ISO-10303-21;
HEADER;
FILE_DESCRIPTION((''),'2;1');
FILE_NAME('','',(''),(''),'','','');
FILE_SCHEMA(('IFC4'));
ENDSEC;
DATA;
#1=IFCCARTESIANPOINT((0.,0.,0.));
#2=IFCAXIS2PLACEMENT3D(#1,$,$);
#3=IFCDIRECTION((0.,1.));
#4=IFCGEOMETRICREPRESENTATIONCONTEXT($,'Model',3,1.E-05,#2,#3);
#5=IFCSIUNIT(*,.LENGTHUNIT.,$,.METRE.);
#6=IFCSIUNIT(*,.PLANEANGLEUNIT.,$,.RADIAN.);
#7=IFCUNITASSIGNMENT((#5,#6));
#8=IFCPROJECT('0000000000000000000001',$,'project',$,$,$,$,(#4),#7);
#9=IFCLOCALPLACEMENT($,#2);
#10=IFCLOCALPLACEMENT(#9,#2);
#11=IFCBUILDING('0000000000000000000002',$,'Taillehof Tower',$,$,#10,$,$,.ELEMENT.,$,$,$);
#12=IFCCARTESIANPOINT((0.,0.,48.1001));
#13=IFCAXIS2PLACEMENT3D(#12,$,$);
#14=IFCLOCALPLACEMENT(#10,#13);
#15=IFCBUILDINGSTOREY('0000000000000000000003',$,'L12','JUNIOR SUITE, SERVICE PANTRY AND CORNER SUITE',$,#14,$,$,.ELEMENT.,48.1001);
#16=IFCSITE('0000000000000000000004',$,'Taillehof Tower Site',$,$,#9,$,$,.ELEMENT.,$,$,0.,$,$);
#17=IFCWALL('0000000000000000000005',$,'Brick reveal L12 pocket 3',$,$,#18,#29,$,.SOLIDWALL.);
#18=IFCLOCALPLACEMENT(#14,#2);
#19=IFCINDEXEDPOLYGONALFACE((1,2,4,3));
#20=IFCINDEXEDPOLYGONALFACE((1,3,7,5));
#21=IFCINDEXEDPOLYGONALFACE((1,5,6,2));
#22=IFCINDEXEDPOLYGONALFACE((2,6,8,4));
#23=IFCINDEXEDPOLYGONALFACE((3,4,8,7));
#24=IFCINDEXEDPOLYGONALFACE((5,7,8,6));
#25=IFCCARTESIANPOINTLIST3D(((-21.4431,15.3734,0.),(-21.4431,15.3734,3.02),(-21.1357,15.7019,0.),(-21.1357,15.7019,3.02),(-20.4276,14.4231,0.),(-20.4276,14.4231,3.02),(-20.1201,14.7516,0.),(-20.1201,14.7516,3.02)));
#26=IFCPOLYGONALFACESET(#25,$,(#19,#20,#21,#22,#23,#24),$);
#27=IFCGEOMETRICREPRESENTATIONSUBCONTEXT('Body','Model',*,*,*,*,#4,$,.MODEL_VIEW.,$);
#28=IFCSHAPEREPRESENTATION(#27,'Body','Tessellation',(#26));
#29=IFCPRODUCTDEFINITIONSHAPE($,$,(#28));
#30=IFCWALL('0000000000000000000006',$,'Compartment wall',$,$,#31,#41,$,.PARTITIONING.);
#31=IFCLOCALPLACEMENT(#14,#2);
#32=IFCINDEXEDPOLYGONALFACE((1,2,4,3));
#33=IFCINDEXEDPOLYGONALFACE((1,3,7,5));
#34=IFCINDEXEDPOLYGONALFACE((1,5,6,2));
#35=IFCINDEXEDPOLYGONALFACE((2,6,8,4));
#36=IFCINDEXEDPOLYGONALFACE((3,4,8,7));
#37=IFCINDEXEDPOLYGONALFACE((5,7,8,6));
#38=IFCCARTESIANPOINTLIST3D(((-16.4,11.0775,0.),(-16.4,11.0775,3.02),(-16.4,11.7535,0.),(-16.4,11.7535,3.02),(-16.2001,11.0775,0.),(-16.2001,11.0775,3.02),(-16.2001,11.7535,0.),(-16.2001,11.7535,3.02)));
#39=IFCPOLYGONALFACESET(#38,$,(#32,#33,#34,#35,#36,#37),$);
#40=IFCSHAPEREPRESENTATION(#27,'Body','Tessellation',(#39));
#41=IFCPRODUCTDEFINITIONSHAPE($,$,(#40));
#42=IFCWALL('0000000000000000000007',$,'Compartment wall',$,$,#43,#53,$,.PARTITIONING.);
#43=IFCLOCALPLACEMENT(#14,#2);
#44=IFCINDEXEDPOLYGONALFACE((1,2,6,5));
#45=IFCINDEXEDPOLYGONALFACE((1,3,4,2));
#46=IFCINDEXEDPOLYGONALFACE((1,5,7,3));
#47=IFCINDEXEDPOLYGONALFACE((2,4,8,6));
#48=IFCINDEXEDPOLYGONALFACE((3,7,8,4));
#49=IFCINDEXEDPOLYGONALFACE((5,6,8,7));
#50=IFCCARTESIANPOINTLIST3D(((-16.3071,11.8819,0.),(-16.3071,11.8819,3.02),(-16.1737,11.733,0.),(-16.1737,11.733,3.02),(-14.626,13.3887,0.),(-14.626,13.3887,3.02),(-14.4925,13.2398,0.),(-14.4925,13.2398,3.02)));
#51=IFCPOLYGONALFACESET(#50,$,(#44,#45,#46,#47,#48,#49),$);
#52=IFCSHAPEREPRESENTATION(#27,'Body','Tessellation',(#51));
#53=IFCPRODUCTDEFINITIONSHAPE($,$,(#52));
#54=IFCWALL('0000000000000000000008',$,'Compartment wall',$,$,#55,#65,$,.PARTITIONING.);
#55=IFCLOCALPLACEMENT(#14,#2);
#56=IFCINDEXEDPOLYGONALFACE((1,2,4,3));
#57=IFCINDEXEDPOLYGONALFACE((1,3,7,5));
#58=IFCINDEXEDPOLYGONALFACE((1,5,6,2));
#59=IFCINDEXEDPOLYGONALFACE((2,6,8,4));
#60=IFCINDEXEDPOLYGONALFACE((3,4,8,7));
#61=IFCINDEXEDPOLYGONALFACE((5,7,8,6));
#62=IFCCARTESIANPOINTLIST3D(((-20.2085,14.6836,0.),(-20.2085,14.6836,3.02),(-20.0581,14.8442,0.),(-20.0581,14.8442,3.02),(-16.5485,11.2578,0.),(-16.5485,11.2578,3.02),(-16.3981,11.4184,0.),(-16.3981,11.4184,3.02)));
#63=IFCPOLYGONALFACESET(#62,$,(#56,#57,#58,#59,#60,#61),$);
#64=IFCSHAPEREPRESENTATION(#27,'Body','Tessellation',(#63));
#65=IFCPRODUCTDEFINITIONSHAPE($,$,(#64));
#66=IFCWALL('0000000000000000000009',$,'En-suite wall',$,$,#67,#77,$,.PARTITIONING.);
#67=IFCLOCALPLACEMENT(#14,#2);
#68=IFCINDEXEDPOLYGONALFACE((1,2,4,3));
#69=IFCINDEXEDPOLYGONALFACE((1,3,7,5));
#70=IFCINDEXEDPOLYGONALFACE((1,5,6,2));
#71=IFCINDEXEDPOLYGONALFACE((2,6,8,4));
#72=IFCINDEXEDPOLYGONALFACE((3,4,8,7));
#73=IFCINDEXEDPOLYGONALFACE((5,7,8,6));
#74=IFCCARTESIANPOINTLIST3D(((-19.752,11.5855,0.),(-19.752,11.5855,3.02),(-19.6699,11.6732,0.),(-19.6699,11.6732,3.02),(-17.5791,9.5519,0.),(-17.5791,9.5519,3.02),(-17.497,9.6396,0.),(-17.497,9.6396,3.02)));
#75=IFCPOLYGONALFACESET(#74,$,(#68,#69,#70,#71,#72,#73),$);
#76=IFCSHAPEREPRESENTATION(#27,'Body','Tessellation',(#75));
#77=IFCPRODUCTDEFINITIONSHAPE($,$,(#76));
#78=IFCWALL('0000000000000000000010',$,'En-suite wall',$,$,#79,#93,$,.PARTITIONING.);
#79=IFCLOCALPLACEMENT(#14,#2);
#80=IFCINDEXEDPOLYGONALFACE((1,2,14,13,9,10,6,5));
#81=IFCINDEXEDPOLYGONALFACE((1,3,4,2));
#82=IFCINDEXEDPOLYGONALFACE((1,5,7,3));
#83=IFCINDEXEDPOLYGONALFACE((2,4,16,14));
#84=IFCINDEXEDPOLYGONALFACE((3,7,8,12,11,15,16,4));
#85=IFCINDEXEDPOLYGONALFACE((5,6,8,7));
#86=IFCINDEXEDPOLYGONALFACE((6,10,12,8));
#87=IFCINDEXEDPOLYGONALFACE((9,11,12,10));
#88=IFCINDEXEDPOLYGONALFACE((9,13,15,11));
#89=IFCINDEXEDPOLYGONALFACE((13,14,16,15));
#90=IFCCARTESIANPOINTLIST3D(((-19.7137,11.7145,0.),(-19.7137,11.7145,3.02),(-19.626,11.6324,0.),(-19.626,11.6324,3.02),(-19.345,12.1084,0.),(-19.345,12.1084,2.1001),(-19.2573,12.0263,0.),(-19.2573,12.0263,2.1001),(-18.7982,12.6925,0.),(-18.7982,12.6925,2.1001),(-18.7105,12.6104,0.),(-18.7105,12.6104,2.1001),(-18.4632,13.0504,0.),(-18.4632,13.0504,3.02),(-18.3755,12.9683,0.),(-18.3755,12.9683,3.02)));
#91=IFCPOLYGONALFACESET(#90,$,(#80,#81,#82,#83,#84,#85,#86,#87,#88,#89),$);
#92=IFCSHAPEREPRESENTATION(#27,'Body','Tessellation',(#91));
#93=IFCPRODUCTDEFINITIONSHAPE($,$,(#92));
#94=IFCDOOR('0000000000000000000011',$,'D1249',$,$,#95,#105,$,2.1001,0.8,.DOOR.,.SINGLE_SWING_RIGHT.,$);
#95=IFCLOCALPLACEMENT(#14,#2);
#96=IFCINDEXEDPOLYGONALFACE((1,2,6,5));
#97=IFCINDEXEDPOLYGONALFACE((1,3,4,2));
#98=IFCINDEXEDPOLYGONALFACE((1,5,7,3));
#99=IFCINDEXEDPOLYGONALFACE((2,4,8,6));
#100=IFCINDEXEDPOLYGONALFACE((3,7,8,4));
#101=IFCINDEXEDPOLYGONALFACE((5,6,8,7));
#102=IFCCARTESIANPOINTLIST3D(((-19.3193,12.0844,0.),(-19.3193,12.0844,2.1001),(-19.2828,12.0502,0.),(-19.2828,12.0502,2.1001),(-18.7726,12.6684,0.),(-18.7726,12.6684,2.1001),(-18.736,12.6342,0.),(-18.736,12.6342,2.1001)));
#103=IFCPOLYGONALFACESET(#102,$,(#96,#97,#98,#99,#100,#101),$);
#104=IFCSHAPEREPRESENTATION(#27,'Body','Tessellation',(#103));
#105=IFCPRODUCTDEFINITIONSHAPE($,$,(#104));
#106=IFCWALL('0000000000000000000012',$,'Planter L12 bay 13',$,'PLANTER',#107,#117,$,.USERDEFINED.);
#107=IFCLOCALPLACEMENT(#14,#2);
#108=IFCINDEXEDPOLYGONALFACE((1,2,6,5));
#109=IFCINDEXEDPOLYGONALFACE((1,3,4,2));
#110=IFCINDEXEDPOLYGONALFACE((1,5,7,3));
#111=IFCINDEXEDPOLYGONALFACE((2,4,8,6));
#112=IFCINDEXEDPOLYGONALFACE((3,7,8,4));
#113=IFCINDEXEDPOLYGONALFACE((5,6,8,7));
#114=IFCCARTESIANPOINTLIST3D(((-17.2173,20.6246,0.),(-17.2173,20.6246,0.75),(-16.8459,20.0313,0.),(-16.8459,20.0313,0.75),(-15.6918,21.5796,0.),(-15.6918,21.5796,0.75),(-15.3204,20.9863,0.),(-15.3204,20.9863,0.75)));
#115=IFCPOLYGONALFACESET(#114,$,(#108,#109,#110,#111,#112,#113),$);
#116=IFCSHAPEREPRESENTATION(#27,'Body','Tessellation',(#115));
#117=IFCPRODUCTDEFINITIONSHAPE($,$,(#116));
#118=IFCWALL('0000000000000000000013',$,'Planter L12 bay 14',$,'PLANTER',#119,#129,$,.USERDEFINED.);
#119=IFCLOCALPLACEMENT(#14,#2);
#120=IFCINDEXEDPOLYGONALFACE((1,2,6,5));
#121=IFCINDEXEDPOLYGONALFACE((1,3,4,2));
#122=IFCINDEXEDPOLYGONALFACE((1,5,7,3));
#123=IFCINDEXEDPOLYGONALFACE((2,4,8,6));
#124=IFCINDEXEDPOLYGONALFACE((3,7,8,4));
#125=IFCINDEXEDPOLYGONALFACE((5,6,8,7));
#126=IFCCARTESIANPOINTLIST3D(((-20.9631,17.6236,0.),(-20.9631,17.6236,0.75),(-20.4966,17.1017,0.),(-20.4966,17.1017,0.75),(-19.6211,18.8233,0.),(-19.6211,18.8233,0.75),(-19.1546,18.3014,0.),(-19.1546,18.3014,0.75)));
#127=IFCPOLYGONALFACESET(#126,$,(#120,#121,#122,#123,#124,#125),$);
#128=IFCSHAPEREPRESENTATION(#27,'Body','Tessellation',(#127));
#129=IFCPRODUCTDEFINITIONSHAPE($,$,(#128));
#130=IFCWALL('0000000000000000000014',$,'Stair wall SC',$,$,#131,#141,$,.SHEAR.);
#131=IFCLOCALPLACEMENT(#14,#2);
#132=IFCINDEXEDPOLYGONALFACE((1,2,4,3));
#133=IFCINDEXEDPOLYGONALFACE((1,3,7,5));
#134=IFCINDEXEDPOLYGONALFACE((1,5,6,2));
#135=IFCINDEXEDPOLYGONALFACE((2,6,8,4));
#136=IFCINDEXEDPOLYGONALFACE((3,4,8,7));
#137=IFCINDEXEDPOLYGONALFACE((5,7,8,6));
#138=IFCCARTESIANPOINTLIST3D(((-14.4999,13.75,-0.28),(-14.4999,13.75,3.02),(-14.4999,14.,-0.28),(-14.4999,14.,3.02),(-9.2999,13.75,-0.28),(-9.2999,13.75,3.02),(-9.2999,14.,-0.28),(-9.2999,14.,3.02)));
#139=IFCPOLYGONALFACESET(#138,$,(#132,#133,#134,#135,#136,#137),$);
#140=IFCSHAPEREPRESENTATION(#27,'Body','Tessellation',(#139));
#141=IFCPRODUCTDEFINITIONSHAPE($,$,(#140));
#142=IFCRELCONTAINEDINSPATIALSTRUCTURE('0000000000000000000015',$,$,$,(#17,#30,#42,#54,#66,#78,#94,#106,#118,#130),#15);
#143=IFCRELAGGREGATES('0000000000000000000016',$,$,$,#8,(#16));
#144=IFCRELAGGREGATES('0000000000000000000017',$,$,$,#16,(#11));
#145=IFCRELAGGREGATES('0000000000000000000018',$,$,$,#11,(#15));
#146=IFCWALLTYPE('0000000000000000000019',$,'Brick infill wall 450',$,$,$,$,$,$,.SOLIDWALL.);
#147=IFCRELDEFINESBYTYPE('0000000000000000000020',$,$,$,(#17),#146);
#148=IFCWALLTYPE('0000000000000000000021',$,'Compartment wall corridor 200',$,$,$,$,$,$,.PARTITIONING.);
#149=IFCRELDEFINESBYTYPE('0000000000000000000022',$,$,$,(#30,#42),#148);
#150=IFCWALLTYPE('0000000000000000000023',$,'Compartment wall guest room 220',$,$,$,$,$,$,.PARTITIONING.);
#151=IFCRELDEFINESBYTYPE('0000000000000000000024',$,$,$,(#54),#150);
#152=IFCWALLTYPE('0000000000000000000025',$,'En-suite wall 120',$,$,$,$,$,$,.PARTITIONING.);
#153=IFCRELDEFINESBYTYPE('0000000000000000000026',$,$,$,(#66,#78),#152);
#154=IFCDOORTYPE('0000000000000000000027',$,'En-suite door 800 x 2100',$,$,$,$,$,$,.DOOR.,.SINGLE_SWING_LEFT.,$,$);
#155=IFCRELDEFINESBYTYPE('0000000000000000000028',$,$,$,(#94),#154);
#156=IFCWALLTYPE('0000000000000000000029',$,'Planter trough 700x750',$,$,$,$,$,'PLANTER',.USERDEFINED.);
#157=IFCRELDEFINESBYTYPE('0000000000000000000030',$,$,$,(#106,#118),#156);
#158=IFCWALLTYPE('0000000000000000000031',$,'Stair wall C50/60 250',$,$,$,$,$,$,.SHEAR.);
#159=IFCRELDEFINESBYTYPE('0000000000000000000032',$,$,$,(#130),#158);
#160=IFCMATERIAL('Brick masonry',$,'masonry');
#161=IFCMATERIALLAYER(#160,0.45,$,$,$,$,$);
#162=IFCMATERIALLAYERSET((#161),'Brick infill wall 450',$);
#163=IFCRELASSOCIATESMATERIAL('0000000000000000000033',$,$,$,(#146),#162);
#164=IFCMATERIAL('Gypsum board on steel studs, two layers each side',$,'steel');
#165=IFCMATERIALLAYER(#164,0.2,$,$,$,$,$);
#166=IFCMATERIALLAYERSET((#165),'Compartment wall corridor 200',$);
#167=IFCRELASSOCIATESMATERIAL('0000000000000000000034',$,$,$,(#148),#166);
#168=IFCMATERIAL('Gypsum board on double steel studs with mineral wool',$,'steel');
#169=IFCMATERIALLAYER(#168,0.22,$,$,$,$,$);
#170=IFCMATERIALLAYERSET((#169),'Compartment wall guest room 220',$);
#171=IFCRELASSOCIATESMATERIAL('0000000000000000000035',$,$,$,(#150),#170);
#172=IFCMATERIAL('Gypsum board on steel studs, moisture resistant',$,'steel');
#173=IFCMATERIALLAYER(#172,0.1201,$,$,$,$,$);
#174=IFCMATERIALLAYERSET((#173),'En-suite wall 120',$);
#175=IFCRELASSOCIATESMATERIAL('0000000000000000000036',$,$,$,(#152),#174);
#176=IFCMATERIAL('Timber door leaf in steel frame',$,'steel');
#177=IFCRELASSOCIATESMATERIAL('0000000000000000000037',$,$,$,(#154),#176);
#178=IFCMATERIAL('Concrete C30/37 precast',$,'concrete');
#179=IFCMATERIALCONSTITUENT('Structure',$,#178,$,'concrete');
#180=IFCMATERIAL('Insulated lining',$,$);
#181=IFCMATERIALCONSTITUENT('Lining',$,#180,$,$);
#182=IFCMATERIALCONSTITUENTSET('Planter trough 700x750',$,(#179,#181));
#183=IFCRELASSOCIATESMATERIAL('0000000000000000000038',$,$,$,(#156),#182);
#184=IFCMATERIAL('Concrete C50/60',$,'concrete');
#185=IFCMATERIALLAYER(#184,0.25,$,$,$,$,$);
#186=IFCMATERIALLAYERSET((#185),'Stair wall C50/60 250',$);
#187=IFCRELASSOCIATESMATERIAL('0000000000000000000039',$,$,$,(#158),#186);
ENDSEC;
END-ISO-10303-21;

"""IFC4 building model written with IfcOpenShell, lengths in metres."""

from ifc_helpers import new_model, si_unit, direction, frame, frame_2d, origin, place, context, subcontext, project, spatial, rectangle, extrude, material, layer, layer_set, constituent, constituent_set, type_object, element, fill, save


model = new_model("IFC4")

# Units and contexts
model_context = context("Model", 3, precision=1e-05, world=origin(), true_north=direction((0.0, 1.0)))
body_context = subcontext(model_context, "Body", "Model", "MODEL_VIEW")
ifc_project = project(units=[si_unit("LENGTHUNIT", "METRE"), si_unit("PLANEANGLEUNIT", "RADIAN")], contexts=[model_context])

# Site, building, storey
site_placement = place(None, origin())
site = spatial("IfcSite", under=ifc_project, at=site_placement, Name="Taillehof Tower Site", CompositionType="ELEMENT", RefElevation=0.0)
building_placement = place(site_placement, origin())
building = spatial("IfcBuilding", under=site, at=building_placement, Name="Taillehof Tower", CompositionType="ELEMENT")
storey_placement = place(building_placement, frame((0.0, 0.0, 48.1001)))
storey = spatial("IfcBuildingStorey", under=building, at=storey_placement, Name="L12", Description="JUNIOR SUITE, SERVICE PANTRY AND CORNER SUITE", CompositionType="ELEMENT", Elevation=48.1001)

# Shared definitions
ifc_material_1 = material(Name="Brick masonry", Category="masonry")
ifc_layer_1 = layer(ifc_material_1, 0.45)
ifc_layer_set_1 = layer_set([ifc_layer_1], Name="Brick infill wall 450")
wall_type_1 = type_object("IfcWallType", Name="Brick infill wall 450", PredefinedType="SOLIDWALL", material=ifc_layer_set_1)

# Wall
wall_1_placement = place(storey_placement, frame((-21.2893, 15.5376, 0.0), z_axis=(0.0, 0.0, 1.0), x_axis=(0.73015, -0.683287, 0.0)))
element("IfcWall", 1, at=wall_1_placement, inside=storey, type_object=wall_type_1, Name="Brick reveal L12 pocket 3", PredefinedType="SOLIDWALL", context=body_context, shape_type="SweptSolid", body=[
    extrude(rectangle(XDim=1.3909, YDim=0.45, at=frame_2d((0.6953, 0.0))), origin(), (0.0, 0.0, 1.0), 3.02),
])

# Walls
ifc_material_2 = material(Name="Gypsum board on steel studs, two layers each side", Category="steel")
ifc_layer_2 = layer(ifc_material_2, 0.2)
ifc_layer_set_2 = layer_set([ifc_layer_2], Name="Compartment wall corridor 200")
wall_type_2 = type_object("IfcWallType", Name="Compartment wall corridor 200", PredefinedType="PARTITIONING", material=ifc_layer_set_2)
wall_2_placement = place(storey_placement, frame((-16.3, 11.0776, 0.0), z_axis=(0.0, 0.0, 1.0), x_axis=(0.0, 1.0, 0.0)))
element("IfcWall", 2, at=wall_2_placement, inside=storey, type_object=wall_type_2, Name="Compartment wall", PredefinedType="PARTITIONING", context=body_context, shape_type="SweptSolid", body=[
    extrude(rectangle(XDim=0.676, YDim=0.2, at=frame_2d((0.3379, 0.0))), origin(), (0.0, 0.0, 1.0), 3.02),
])
wall_3_placement = place(storey_placement, frame((-16.2405, 11.8074, 0.0), z_axis=(0.0, 0.0, 1.0), x_axis=(0.744658, 0.667446, 0.0)))
element("IfcWall", 3, at=wall_3_placement, inside=storey, type_object=wall_type_2, Name="Compartment wall", PredefinedType="PARTITIONING", context=body_context, shape_type="SweptSolid", body=[
    extrude(rectangle(XDim=2.2576, YDim=0.2, at=frame_2d((1.1289, 0.0))), origin(), (0.0, 0.0, 1.0), 3.02),
])
ifc_material_3 = material(Name="Gypsum board on double steel studs with mineral wool", Category="steel")
ifc_layer_3 = layer(ifc_material_3, 0.22)
ifc_layer_set_3 = layer_set([ifc_layer_3], Name="Compartment wall guest room 220")
wall_type_3 = type_object("IfcWallType", Name="Compartment wall guest room 220", PredefinedType="PARTITIONING", material=ifc_layer_set_3)
wall_4_placement = place(storey_placement, frame((-20.1333, 14.7639, 0.0), z_axis=(0.0, 0.0, 1.0), x_axis=(0.730073, -0.683369, 0.0)))
element("IfcWall", 4, at=wall_4_placement, inside=storey, type_object=wall_type_3, Name="Compartment wall", PredefinedType="PARTITIONING", context=body_context, shape_type="SweptSolid", body=[
    extrude(rectangle(XDim=5.0132, YDim=0.22, at=frame_2d((2.5066, 0.0))), origin(), (0.0, 0.0, 1.0), 3.02),
])
ifc_material_4 = material(Name="Gypsum board on steel studs, moisture resistant", Category="steel")
ifc_layer_4 = layer(ifc_material_4, 0.1201)
ifc_layer_set_4 = layer_set([ifc_layer_4], Name="En-suite wall 120")
wall_type_4 = type_object("IfcWallType", Name="En-suite wall 120", PredefinedType="PARTITIONING", material=ifc_layer_set_4)
wall_5_placement = place(storey_placement, frame((-17.5381, 9.5957, 0.0), z_axis=(0.0, 0.0, 1.0), x_axis=(-0.7301, 0.683341, 0.0)))
element("IfcWall", 5, at=wall_5_placement, inside=storey, type_object=wall_type_4, Name="En-suite wall", PredefinedType="PARTITIONING", context=body_context, shape_type="SweptSolid", body=[
    extrude(rectangle(XDim=2.9761, YDim=0.1201, at=frame_2d((1.488, 0.0))), origin(), (0.0, 0.0, 1.0), 3.02),
])

# Wall, opening, door
wall_6_placement = place(storey_placement, frame((-19.6699, 11.6733, 0.0), z_axis=(0.0, 0.0, 1.0), x_axis=(0.683373, 0.73007, 0.0)))
wall_6 = element("IfcWall", 6, at=wall_6_placement, inside=storey, type_object=wall_type_4, Name="En-suite wall", PredefinedType="PARTITIONING", context=body_context, shape_type="SweptSolid", body=[
    extrude(rectangle(XDim=1.8298, YDim=0.1201, at=frame_2d((0.915, 0.0))), origin(), (0.0, 0.0, 1.0), 3.02),
])
opening_1_placement = place(wall_6_placement, frame((0.5398, 0.0, 0.0)))
opening_1 = element("IfcOpeningElement", 7, at=opening_1_placement, cuts=wall_6, PredefinedType="OPENING", context=body_context, shape_type="SweptSolid", body=[
    extrude(rectangle(XDim=0.8, YDim=2.1001, at=frame_2d((0.3999, 1.05))), frame((0.0, 0.0701, 0.0), z_axis=(0.0, -1.0, 0.0), x_axis=(1.0, 0.0, 0.0)), (0.0, 0.0, 1.0), 0.1401),
])
ifc_material_5 = material(Name="Timber door leaf in steel frame", Category="steel")
door_type_1 = type_object("IfcDoorType", Name="En-suite door 800 x 2100", OperationType="SINGLE_SWING_LEFT", PredefinedType="DOOR", material=ifc_material_5)
door_1_placement = place(opening_1_placement, origin())
door_1 = element("IfcDoor", 8, at=door_1_placement, inside=storey, type_object=door_type_1, Name="D1249", OperationType="SINGLE_SWING_RIGHT", OverallHeight=2.1001, OverallWidth=0.8, PredefinedType="DOOR", context=body_context, shape_type="SweptSolid", body=[
    extrude(rectangle(XDim=0.8, YDim=2.1001, at=frame_2d((0.3999, 1.05))), frame((0.0, 0.0249, 0.0), z_axis=(0.0, -1.0, 0.0), x_axis=(1.0, 0.0, 0.0)), (0.0, 0.0, 1.0), 0.05),
])
fill(opening_1, door_1)

# Walls
ifc_material_6 = material(Name="Concrete C30/37 precast", Category="concrete")
ifc_constituent_1 = constituent(ifc_material_6, Name="Structure", Category="concrete")
ifc_material_7 = material(Name="Insulated lining")
ifc_constituent_2 = constituent(ifc_material_7, Name="Lining")
ifc_constituent_set = constituent_set(constituents=[ifc_constituent_1, ifc_constituent_2], Name="Planter trough 700x750")
wall_type_5 = type_object("IfcWallType", Name="Planter trough 700x750", ElementType="PLANTER", PredefinedType="USERDEFINED", material=ifc_constituent_set)
wall_7_placement = place(storey_placement, frame((-15.5061, 21.283, 0.0), z_axis=(0.0, 0.0, 1.0), x_axis=(-0.847609, -0.530621, 0.0)))
element("IfcWall", 9, at=wall_7_placement, inside=storey, type_object=wall_type_5, Name="Planter L12 bay 13", ObjectType="PLANTER", PredefinedType="USERDEFINED", context=body_context, shape_type="SweptSolid", body=[
    extrude(rectangle(XDim=1.7998, YDim=0.7, at=frame_2d((0.8999, 0.0))), origin(), (0.0, 0.0, 1.0), 0.75),
])
wall_8_placement = place(storey_placement, frame((-19.3879, 18.5623, 0.0), z_axis=(0.0, 0.0, 1.0), x_axis=(-0.745536, -0.666466, 0.0)))
element("IfcWall", 10, at=wall_8_placement, inside=storey, type_object=wall_type_5, Name="Planter L12 bay 14", ObjectType="PLANTER", PredefinedType="USERDEFINED", context=body_context, shape_type="SweptSolid", body=[
    extrude(rectangle(XDim=1.8, YDim=0.7, at=frame_2d((0.8999, 0.0))), origin(), (0.0, 0.0, 1.0), 0.75),
])
ifc_material_8 = material(Name="Concrete C50/60", Category="concrete")
ifc_layer_5 = layer(ifc_material_8, 0.25)
ifc_layer_set_5 = layer_set([ifc_layer_5], Name="Stair wall C50/60 250")
wall_type_6 = type_object("IfcWallType", Name="Stair wall C50/60 250", PredefinedType="SHEAR", material=ifc_layer_set_5)
wall_9_placement = place(storey_placement, frame((-14.5, 13.875, -0.28), z_axis=(0.0, 0.0, 1.0), x_axis=(1.0, 0.0, 0.0)))
element("IfcWall", 11, at=wall_9_placement, inside=storey, type_object=wall_type_6, Name="Stair wall SC", PredefinedType="SHEAR", context=body_context, shape_type="SweptSolid", body=[
    extrude(rectangle(XDim=5.2, YDim=0.25, at=frame_2d((2.6001, 0.0))), origin(), (0.0, 0.0, 1.0), 3.3),
])

save(model, "model.ifc")
